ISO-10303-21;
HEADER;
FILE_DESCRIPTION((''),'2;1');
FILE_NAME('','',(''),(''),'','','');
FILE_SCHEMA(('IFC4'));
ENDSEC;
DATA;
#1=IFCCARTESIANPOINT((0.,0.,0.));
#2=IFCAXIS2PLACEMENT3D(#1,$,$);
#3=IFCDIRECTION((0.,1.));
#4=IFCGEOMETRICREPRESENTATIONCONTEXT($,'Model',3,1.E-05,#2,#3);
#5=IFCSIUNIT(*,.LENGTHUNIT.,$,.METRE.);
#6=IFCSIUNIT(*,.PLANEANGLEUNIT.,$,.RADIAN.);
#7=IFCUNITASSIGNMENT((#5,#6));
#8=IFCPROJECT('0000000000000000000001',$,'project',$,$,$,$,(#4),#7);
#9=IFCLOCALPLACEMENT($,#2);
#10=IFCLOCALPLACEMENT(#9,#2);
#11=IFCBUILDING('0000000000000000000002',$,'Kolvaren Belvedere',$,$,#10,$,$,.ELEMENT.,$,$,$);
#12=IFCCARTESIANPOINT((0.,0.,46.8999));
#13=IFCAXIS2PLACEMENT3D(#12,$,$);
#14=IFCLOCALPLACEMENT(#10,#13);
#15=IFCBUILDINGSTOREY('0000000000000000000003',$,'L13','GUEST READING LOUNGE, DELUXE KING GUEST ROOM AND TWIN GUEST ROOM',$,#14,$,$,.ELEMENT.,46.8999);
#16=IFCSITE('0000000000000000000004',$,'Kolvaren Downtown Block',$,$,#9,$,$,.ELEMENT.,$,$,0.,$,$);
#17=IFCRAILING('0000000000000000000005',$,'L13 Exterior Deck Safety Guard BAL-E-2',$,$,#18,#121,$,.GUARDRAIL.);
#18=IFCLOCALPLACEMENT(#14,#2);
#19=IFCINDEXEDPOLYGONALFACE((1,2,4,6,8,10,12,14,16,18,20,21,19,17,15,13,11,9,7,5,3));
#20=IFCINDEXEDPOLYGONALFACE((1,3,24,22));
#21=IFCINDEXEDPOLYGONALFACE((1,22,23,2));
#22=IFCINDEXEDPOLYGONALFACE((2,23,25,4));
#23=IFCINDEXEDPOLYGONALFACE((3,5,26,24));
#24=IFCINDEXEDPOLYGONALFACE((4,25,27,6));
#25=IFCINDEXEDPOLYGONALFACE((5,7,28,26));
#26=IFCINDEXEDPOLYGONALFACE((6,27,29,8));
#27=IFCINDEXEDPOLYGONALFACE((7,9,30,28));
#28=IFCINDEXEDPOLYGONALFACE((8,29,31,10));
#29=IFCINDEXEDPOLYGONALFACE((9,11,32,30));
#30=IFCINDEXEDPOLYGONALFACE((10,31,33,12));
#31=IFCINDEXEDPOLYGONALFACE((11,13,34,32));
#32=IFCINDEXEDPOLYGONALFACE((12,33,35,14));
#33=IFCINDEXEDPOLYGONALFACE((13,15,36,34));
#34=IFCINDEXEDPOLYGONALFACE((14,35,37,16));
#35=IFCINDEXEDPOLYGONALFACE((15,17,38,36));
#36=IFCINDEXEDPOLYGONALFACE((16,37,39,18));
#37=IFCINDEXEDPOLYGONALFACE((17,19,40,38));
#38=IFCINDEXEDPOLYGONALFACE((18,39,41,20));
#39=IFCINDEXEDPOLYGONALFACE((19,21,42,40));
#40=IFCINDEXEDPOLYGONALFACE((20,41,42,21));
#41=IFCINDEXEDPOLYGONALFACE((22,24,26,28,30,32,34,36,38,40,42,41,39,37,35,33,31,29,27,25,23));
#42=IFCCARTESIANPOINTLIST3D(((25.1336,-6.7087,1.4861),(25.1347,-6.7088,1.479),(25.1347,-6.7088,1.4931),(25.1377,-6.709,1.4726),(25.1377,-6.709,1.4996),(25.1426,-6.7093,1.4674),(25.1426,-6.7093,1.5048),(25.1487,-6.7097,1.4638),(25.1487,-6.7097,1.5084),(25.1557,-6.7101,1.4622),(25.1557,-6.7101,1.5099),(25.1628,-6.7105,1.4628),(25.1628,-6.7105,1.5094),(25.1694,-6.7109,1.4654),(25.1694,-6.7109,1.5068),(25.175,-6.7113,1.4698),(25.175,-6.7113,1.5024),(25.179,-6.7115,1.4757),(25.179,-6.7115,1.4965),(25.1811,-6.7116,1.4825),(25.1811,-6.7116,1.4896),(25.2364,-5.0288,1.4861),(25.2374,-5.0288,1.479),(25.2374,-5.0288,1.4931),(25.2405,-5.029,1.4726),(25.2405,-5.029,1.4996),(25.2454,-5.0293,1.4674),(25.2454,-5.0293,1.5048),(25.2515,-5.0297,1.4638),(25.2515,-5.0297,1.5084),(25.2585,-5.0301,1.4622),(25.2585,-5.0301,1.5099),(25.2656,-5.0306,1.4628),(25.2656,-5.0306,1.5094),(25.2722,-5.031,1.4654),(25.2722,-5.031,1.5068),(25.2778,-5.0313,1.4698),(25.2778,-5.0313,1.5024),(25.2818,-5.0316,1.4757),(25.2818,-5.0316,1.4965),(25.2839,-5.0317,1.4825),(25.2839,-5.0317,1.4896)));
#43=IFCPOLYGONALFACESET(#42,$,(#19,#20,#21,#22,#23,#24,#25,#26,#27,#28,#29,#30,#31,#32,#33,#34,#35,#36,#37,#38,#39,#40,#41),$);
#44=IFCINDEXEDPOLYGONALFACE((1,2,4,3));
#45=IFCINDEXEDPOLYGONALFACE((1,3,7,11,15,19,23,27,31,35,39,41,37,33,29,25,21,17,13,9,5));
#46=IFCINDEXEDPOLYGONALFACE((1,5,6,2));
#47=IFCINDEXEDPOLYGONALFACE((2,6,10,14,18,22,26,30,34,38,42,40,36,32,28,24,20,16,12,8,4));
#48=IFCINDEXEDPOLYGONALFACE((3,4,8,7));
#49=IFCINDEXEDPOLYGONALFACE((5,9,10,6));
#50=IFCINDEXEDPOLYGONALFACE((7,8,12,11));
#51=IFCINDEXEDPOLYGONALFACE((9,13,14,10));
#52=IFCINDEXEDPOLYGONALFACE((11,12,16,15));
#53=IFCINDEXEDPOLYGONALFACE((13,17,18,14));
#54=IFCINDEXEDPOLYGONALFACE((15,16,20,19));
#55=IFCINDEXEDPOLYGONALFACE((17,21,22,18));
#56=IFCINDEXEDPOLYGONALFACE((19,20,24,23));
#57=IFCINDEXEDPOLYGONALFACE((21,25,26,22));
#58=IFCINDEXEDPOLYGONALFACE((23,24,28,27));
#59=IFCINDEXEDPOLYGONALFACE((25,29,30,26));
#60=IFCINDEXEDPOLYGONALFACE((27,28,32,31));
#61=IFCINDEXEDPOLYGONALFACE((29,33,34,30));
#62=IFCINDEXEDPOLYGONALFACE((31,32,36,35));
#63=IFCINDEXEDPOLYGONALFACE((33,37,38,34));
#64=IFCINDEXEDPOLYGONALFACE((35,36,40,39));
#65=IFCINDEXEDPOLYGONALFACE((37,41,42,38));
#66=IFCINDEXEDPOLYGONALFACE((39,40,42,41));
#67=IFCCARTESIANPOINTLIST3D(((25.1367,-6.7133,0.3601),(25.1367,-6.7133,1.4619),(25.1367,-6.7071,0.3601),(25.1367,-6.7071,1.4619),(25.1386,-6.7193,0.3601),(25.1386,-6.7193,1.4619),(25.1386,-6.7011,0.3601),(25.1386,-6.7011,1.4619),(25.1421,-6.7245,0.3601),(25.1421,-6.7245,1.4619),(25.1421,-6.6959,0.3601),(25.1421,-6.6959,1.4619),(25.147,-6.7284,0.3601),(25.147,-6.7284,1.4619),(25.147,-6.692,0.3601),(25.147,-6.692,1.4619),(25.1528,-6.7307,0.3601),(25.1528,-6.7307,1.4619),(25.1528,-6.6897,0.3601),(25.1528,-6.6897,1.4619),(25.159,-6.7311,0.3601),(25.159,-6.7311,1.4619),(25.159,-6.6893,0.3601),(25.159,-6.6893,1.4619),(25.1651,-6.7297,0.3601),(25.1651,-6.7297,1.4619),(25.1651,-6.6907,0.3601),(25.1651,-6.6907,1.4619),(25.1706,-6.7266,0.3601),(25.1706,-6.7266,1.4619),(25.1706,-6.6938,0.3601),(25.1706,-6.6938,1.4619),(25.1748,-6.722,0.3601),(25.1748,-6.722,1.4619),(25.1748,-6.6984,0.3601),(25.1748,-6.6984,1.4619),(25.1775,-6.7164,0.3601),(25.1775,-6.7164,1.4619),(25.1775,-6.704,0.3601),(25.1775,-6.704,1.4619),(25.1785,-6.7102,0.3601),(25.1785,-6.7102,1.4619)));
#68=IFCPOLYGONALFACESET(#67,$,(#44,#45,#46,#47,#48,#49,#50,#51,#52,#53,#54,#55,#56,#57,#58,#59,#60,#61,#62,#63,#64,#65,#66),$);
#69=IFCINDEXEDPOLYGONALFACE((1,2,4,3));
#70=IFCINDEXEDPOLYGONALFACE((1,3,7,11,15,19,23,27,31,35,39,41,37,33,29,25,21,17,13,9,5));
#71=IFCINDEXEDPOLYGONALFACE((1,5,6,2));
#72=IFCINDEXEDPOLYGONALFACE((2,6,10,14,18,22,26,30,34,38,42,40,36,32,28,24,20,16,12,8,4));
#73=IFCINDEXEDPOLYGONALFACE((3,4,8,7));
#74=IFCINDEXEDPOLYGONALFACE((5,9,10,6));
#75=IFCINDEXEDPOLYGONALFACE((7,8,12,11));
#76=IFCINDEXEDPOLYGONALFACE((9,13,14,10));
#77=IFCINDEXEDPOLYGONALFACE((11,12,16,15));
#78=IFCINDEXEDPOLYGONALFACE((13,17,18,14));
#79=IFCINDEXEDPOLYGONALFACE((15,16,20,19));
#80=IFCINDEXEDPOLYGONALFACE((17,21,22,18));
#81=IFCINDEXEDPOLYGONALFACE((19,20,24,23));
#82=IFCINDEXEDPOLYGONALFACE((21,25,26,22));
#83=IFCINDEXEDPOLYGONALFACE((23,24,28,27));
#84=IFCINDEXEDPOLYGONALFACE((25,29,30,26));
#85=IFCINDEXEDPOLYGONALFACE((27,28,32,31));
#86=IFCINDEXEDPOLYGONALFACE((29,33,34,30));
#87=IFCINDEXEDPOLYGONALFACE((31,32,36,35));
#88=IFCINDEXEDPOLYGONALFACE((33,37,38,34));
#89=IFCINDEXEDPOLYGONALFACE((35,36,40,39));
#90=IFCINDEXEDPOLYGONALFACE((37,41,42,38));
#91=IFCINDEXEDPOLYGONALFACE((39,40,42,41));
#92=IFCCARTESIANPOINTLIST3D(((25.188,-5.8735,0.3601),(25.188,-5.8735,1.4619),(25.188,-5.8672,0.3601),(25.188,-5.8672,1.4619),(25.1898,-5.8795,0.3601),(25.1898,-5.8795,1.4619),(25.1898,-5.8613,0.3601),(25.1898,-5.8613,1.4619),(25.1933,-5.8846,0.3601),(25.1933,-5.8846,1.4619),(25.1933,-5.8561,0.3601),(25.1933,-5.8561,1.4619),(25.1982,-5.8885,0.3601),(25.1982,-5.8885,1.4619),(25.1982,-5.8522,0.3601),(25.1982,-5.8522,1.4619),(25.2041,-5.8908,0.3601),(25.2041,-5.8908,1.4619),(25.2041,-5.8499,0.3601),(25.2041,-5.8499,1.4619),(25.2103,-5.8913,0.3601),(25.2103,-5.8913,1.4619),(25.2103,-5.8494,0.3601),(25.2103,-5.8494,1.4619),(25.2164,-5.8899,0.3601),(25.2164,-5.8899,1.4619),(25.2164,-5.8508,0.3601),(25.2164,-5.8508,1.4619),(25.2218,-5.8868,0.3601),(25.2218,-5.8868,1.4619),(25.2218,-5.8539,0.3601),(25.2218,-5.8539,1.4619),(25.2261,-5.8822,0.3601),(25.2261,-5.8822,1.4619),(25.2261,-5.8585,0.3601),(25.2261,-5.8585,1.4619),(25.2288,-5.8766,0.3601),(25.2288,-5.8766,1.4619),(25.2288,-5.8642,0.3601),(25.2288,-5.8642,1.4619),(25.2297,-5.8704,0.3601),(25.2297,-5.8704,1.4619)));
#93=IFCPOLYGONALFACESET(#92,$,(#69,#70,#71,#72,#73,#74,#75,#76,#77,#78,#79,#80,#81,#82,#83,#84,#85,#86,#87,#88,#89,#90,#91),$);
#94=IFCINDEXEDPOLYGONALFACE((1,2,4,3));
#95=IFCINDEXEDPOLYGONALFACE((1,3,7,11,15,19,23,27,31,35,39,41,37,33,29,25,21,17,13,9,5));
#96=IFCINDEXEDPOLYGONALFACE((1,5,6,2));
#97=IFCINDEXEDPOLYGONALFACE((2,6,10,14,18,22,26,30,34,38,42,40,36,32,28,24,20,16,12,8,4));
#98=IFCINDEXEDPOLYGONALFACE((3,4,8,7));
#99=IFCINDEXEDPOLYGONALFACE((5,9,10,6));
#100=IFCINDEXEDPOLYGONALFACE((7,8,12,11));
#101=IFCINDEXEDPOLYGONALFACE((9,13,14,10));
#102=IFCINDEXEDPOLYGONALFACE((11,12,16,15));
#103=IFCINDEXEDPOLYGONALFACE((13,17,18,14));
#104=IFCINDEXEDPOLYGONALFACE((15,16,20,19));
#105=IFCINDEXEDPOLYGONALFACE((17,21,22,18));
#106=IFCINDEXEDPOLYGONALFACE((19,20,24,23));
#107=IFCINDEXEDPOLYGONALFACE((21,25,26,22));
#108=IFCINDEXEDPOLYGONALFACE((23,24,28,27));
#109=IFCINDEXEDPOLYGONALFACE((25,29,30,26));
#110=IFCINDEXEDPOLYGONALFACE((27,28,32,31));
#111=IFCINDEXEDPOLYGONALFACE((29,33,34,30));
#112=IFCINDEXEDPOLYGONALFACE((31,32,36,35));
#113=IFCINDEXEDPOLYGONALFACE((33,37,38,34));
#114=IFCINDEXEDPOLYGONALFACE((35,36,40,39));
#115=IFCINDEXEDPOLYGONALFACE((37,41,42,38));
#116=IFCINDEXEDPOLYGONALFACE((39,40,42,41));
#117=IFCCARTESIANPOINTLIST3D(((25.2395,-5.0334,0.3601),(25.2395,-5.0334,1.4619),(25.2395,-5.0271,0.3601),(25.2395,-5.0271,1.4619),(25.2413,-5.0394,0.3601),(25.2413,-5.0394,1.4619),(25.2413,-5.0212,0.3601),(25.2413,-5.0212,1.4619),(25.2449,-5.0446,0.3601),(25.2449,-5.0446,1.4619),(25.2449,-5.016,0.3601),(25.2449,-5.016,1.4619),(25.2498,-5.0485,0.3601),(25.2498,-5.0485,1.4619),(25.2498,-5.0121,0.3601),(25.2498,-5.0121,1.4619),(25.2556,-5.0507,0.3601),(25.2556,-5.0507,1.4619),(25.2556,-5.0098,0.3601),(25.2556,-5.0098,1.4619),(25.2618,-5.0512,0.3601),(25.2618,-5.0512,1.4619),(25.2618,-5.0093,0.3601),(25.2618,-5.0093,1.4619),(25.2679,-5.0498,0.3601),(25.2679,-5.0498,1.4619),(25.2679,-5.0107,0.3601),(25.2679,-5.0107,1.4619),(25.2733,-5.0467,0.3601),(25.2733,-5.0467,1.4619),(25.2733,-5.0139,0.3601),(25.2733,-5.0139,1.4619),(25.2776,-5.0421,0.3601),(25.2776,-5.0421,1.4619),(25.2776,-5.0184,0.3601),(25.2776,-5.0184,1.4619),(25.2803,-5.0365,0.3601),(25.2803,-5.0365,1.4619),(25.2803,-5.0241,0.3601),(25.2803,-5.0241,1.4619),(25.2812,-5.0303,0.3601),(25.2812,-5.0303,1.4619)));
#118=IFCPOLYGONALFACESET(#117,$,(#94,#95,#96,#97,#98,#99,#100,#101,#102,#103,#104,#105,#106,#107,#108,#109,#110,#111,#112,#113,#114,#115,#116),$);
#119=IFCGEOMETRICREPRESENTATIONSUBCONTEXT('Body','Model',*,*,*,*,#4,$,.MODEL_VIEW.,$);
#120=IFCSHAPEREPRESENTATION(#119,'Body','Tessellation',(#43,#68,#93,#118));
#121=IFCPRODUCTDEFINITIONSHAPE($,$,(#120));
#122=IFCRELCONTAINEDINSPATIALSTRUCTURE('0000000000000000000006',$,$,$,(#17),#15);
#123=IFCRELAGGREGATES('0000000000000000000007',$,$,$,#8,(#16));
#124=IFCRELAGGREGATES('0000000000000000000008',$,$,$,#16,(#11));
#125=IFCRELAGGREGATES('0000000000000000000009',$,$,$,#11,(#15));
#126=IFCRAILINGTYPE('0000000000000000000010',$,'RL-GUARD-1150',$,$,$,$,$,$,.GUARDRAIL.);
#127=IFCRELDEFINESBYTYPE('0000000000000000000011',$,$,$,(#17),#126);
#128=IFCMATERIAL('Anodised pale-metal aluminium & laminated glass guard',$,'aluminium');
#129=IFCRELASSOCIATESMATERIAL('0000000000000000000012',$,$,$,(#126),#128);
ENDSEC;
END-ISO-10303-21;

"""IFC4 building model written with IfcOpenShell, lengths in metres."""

from ifc_helpers import new_model, si_unit, direction, frame, origin, origin_2d, place, context, subcontext, project, spatial, circle, extrude, material, type_object, element, save


model = new_model("IFC4")

# Units and contexts
model_context = context("Model", 3, precision=1e-05, world=origin(), true_north=direction((0.0, 1.0)))
body_context = subcontext(model_context, "Body", "Model", "MODEL_VIEW")
ifc_project = project(units=[si_unit("LENGTHUNIT", "METRE"), si_unit("PLANEANGLEUNIT", "RADIAN")], contexts=[model_context])

# Site, building, storey
site_placement = place(None, origin())
site = spatial("IfcSite", under=ifc_project, at=site_placement, Name="Kolvaren Downtown Block", CompositionType="ELEMENT", RefElevation=0.0)
building_placement = place(site_placement, origin())
building = spatial("IfcBuilding", under=site, at=building_placement, Name="Kolvaren Belvedere", CompositionType="ELEMENT")
storey_placement = place(building_placement, frame((0.0, 0.0, 46.8999)))
storey = spatial("IfcBuildingStorey", under=building, at=storey_placement, Name="L13", Description="GUEST READING LOUNGE, DELUXE KING GUEST ROOM AND TWIN GUEST ROOM", CompositionType="ELEMENT", Elevation=46.8999)

# Railing
ifc_material_1 = material(Name="Anodised pale-metal aluminium & laminated glass guard", Category="aluminium")
railing_type = type_object("IfcRailingType", Name="RL-GUARD-1150", PredefinedType="GUARDRAIL", material=ifc_material_1)
railing_1_placement = place(storey_placement, frame((25.1575, -6.7102, 0.3601)))
element("IfcRailing", 1, at=railing_1_placement, inside=storey, type_object=railing_type, Name="L13 Exterior Deck Safety Guard BAL-E-2", PredefinedType="GUARDRAIL", context=body_context, shape_type="SweptSolid", body=[
    extrude(circle(Radius=0.0239, at=origin_2d()), frame((0.0, 0.0, 1.126), z_axis=(0.061069, 0.998134, 0.0), x_axis=(-0.998134, 0.061069, 0.0)), (0.0, 0.0, 1.0), 1.6831),
    extrude(circle(Radius=0.021, at=origin_2d()), origin(), (0.0, 0.0, 1.0), 1.1018),
    extrude(circle(Radius=0.021, at=origin_2d()), frame((0.0513, 0.8398, 0.0)), (0.0, 0.0, 1.0), 1.1018),
    extrude(circle(Radius=0.021, at=origin_2d()), frame((0.1028, 1.6799, 0.0)), (0.0, 0.0, 1.0), 1.1018),
])

save(model, "model.ifc")
